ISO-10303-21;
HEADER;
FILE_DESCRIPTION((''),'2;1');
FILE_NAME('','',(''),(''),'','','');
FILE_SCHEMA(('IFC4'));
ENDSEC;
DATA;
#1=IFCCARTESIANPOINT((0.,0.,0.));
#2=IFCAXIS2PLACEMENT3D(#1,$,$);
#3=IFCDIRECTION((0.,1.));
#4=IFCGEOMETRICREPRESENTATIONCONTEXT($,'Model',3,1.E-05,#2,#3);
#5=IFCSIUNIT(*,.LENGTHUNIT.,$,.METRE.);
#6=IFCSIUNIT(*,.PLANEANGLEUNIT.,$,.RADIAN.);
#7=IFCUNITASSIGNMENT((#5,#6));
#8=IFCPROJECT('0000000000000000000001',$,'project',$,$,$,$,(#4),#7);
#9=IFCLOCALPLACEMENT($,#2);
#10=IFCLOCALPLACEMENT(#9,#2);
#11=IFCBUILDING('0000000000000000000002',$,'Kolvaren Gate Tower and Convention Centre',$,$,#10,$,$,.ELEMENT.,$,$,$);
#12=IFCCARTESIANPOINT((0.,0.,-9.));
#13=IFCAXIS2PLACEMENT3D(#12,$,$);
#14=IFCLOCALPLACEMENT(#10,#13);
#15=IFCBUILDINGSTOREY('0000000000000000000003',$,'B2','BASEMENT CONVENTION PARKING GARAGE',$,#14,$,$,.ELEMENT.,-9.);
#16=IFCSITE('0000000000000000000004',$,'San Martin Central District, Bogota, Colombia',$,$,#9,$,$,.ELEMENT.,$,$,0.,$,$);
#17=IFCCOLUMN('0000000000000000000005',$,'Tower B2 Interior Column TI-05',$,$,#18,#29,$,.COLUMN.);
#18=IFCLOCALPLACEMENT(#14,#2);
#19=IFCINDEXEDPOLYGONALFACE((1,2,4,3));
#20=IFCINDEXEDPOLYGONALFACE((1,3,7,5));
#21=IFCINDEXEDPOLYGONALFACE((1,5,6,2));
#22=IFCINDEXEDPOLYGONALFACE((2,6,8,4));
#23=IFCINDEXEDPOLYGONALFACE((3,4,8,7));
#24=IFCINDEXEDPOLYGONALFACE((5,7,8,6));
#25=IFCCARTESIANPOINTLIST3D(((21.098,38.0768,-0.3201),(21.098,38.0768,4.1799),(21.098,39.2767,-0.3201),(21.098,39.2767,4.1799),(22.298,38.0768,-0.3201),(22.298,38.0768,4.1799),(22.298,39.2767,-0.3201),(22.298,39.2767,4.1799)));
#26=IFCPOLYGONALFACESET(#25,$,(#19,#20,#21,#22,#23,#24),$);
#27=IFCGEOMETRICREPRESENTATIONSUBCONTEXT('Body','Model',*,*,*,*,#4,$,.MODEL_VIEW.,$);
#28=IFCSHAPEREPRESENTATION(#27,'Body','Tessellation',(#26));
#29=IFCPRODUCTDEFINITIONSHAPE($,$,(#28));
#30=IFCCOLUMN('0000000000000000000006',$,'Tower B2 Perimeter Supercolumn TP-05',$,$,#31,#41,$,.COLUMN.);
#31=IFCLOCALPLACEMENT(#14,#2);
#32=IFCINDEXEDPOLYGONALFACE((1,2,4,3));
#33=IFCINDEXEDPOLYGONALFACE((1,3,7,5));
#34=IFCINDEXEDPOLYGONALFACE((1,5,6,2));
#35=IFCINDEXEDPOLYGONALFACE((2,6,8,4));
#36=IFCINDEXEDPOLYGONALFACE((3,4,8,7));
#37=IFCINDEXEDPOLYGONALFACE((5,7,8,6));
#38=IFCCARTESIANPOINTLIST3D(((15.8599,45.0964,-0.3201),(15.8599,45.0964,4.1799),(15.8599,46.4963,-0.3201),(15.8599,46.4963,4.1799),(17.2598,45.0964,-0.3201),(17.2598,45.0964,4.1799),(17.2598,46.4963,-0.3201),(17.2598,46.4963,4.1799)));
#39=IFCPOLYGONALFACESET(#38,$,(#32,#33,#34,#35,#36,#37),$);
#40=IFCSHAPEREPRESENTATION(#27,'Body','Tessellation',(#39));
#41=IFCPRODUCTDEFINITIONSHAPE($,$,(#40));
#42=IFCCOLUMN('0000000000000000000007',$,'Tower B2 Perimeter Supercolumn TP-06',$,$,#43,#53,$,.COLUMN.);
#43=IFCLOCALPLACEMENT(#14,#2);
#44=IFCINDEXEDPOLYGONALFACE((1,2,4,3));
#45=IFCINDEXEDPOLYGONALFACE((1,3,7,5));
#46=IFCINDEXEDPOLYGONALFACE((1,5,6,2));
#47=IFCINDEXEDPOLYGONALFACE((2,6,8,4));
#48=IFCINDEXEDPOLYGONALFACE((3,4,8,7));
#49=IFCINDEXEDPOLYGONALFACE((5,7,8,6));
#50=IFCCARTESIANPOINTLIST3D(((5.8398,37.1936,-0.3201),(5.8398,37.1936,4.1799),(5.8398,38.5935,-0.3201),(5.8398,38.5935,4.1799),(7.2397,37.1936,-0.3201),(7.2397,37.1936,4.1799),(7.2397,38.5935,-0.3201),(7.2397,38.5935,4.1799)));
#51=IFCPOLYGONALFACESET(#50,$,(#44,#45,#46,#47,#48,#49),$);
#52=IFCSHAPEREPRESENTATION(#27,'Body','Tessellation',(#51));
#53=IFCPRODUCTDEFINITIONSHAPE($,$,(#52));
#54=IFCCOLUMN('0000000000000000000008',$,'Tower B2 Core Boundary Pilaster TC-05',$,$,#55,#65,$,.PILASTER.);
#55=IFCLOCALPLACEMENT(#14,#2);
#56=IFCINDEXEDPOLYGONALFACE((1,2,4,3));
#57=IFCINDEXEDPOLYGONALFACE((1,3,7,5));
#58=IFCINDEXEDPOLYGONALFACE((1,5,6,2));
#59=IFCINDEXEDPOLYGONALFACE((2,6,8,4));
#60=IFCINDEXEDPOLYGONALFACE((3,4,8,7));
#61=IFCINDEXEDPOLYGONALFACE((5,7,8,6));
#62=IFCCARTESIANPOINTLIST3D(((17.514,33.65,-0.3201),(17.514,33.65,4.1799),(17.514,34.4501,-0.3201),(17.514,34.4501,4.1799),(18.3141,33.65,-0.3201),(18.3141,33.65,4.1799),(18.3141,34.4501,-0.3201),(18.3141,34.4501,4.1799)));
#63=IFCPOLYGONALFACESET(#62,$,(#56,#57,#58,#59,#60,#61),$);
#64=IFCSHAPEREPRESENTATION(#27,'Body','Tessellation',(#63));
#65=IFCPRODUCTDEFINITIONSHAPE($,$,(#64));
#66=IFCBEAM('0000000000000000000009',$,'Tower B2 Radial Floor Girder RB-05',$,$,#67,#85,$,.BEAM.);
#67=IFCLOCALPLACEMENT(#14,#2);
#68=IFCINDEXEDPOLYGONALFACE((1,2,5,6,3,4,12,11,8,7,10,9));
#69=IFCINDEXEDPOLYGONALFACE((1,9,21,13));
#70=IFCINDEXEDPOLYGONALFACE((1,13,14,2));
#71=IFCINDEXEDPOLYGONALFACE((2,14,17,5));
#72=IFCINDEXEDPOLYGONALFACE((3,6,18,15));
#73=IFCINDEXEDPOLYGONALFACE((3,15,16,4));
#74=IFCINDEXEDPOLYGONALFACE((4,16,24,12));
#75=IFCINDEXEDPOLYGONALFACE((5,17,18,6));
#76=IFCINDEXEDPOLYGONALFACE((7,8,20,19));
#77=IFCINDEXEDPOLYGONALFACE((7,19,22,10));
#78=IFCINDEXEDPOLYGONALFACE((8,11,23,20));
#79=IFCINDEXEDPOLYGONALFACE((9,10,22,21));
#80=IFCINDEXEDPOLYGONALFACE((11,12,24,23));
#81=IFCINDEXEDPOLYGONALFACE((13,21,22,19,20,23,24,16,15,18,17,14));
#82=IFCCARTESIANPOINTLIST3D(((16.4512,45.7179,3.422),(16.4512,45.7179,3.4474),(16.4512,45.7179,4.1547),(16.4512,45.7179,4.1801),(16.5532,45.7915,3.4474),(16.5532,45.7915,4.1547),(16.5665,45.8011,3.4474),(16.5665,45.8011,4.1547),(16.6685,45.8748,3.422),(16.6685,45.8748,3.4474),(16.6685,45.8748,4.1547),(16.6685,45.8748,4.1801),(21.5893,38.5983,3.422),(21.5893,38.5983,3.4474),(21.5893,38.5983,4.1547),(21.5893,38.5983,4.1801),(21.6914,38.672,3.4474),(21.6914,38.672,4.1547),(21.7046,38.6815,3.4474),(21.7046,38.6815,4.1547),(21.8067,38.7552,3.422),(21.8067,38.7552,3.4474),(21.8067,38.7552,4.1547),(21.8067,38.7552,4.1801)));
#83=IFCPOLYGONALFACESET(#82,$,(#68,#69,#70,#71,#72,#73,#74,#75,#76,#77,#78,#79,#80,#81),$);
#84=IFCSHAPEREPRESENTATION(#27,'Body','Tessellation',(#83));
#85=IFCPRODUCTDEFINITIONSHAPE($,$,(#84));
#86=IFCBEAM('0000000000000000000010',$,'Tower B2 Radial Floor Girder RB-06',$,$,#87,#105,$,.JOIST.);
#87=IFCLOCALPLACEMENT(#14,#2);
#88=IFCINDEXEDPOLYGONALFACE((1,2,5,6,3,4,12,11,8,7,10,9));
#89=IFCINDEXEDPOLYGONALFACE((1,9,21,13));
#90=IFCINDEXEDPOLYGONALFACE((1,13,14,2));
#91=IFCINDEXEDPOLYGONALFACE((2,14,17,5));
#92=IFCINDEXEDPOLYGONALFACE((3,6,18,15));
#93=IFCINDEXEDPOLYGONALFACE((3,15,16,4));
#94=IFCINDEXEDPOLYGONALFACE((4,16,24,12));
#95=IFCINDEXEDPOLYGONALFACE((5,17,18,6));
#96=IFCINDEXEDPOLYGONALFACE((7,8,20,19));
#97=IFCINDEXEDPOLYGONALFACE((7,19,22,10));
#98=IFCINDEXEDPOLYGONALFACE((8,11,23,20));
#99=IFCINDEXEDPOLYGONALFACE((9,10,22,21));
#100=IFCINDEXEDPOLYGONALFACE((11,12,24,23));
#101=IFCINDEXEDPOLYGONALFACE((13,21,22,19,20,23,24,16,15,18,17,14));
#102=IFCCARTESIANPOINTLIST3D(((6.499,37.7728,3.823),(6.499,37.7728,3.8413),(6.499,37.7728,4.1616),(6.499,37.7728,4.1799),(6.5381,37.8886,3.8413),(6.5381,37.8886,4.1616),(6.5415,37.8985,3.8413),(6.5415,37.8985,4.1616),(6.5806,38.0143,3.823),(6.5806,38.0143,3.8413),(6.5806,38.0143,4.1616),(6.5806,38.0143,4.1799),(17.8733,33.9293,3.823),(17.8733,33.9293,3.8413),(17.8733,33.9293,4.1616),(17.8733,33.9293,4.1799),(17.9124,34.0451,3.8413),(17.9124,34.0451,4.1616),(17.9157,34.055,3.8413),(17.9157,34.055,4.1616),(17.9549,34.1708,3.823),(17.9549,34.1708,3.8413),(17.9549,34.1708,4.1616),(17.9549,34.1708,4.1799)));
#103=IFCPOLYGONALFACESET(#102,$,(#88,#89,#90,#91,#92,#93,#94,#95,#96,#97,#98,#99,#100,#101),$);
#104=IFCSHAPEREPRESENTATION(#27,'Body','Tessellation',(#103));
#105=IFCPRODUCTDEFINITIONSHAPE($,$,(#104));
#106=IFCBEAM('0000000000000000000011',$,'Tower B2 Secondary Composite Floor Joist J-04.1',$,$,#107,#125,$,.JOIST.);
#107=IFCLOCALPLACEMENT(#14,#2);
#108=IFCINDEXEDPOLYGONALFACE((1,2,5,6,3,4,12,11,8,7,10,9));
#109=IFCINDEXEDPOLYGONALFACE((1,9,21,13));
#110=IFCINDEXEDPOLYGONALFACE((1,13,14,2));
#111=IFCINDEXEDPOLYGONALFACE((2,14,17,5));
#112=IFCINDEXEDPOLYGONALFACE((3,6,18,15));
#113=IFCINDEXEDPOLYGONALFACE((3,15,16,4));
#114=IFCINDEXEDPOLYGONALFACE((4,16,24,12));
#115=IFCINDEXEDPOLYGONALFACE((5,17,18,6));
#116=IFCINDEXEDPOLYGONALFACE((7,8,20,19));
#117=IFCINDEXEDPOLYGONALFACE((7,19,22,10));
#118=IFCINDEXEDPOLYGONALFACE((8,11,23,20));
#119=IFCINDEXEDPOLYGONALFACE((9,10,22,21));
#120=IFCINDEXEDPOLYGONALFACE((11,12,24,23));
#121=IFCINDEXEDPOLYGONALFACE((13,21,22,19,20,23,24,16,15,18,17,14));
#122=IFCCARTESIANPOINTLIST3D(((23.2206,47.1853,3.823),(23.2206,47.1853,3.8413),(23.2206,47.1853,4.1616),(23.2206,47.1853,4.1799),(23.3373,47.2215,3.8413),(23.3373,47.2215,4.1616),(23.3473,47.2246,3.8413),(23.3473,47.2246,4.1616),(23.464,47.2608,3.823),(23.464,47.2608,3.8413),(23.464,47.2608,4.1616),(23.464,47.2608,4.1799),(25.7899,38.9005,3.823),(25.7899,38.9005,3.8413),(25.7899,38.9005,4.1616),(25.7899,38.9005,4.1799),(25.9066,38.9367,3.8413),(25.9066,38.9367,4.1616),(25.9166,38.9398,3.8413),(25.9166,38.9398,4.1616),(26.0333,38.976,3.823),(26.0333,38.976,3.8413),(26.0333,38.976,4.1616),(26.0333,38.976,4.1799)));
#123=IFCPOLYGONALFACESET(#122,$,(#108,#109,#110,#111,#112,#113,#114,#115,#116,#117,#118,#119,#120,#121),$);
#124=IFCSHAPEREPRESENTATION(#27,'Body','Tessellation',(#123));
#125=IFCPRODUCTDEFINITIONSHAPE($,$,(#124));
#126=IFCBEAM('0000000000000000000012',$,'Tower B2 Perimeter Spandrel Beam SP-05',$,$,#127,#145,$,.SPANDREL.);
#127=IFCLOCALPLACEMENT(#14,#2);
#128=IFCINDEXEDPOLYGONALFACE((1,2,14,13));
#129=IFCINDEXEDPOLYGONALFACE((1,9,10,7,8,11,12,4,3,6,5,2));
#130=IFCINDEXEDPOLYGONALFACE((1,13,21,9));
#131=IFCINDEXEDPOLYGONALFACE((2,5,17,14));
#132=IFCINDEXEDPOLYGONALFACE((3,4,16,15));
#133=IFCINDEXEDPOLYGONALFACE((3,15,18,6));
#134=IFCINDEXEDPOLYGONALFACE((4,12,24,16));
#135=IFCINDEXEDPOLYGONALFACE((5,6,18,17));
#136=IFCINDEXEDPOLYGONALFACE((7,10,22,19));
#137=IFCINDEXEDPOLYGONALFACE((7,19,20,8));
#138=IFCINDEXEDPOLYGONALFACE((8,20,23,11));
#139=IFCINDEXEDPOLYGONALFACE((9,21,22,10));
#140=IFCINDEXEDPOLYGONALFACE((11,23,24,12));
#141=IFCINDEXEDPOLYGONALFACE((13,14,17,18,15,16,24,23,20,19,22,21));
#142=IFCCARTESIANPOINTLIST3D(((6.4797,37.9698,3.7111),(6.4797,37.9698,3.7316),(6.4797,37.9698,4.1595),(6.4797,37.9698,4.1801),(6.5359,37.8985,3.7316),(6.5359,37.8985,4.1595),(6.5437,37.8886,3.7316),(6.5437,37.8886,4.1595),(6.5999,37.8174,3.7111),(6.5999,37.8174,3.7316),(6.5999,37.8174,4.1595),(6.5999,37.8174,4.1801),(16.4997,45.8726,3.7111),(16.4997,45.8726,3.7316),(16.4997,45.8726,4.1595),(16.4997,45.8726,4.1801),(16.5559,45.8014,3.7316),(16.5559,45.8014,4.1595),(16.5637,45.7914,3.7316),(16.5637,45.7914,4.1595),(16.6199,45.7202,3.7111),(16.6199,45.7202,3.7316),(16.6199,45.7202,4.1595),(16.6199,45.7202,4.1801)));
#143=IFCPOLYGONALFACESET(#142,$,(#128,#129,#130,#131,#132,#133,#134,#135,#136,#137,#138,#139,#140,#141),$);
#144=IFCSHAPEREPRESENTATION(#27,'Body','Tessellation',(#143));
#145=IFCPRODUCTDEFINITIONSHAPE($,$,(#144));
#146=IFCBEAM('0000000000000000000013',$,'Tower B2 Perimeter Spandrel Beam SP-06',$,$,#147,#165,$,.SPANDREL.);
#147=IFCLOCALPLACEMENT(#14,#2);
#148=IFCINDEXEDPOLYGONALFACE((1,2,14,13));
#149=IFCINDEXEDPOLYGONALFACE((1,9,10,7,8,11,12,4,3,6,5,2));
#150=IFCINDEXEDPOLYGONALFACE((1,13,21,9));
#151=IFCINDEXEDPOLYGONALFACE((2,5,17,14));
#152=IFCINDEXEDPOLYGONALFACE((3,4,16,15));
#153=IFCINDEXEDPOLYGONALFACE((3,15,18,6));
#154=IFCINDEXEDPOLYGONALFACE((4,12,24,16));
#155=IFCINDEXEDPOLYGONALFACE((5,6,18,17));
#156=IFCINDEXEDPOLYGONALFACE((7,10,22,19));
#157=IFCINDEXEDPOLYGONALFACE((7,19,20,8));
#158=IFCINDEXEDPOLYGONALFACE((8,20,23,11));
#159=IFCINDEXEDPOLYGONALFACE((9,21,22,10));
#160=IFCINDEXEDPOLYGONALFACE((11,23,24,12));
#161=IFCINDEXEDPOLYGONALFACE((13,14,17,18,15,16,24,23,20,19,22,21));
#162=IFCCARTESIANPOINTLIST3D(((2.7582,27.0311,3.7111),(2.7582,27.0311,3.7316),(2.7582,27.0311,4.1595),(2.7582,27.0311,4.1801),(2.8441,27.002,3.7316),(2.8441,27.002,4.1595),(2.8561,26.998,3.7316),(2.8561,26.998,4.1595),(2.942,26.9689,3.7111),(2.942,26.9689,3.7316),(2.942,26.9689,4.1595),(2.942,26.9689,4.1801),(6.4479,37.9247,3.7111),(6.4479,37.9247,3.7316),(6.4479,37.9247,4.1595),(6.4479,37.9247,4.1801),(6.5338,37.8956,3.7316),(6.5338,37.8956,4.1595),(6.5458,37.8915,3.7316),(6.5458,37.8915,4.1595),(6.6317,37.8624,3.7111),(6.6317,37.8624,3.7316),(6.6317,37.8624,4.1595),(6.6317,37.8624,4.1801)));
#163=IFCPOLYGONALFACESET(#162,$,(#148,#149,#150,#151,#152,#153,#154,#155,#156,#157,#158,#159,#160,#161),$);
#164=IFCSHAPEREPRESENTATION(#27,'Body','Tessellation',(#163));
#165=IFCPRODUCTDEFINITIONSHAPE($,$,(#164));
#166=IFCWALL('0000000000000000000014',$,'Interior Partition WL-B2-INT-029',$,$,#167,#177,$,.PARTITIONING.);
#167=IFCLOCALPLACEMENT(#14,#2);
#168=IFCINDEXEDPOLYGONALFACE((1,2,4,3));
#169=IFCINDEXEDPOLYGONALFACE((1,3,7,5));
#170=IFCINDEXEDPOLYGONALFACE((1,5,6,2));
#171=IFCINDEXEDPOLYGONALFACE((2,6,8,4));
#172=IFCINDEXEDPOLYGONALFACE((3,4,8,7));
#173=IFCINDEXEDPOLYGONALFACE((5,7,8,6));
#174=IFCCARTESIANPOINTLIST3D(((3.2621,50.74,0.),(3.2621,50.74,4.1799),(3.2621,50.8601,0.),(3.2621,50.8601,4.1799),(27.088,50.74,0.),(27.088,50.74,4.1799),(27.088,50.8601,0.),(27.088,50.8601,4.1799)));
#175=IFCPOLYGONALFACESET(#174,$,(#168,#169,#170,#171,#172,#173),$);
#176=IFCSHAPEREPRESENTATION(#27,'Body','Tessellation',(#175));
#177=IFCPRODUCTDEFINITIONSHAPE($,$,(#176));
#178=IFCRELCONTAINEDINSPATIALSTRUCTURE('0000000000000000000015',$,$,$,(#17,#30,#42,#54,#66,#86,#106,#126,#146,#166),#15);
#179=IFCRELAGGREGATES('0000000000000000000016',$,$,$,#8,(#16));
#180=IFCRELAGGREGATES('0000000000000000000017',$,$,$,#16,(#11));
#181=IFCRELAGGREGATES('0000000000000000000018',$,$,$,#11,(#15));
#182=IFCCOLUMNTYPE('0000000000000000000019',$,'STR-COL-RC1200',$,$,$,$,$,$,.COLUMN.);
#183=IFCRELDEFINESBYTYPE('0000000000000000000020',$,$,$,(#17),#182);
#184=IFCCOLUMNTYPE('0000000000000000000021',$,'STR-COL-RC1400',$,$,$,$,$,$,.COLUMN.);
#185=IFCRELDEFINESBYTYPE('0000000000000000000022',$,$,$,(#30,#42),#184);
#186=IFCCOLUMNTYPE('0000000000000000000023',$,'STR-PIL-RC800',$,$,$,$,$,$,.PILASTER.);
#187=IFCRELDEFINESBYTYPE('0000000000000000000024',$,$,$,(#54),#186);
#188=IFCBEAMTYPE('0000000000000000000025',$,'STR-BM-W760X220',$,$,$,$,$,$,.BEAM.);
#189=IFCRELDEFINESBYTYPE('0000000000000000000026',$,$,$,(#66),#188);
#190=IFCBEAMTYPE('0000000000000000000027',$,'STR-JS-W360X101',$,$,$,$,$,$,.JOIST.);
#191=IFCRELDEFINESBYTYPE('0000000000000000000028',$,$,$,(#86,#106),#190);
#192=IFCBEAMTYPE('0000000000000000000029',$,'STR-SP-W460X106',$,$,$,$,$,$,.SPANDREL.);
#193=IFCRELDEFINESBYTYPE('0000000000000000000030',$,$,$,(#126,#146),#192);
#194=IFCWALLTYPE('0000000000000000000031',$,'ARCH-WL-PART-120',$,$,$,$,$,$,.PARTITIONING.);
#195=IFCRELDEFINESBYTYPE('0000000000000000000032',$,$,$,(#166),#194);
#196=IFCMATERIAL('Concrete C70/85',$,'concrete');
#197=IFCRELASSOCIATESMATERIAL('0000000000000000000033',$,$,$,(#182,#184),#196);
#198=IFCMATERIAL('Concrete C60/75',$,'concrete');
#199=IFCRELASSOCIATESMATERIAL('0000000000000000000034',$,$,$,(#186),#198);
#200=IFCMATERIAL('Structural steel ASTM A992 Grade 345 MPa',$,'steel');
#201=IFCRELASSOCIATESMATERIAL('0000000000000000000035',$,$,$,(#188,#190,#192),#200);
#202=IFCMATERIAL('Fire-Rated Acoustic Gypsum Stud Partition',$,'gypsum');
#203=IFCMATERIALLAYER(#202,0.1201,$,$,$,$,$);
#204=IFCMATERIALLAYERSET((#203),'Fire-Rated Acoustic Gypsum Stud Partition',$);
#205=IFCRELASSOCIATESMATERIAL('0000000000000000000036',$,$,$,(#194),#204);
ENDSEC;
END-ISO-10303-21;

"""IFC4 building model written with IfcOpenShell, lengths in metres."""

from ifc_helpers import new_model, si_unit, direction, frame, frame_2d, origin, origin_2d, place, context, subcontext, project, spatial, rectangle, i_section, extrude, material, layer, layer_set, material_profile, profile_set, type_object, element, save


model = new_model("IFC4")

# Units and contexts
model_context = context("Model", 3, precision=1e-05, world=origin(), true_north=direction((0.0, 1.0)))
body_context = subcontext(model_context, "Body", "Model", "MODEL_VIEW")
ifc_project = project(units=[si_unit("LENGTHUNIT", "METRE"), si_unit("PLANEANGLEUNIT", "RADIAN")], contexts=[model_context])

# Site, building, storey
site_placement = place(None, origin())
site = spatial("IfcSite", under=ifc_project, at=site_placement, Name="San Martin Central District, Bogota, Colombia", CompositionType="ELEMENT", RefElevation=0.0)
building_placement = place(site_placement, origin())
building = spatial("IfcBuilding", under=site, at=building_placement, Name="Kolvaren Gate Tower and Convention Centre", CompositionType="ELEMENT")
storey_placement = place(building_placement, frame((0.0, 0.0, -9.0)))
storey = spatial("IfcBuildingStorey", under=building, at=storey_placement, Name="B2", Description="BASEMENT CONVENTION PARKING GARAGE", CompositionType="ELEMENT", Elevation=-9.0)

# Columns
ifc_material_1 = material(Name="Concrete C70/85", Category="concrete")
ifc_material_profile_1 = material_profile(ifc_material_1, rectangle(XDim=1.2, YDim=1.2, at=origin_2d()), Name="RC-COL-1200X1200")
ifc_profile_set_1 = profile_set([ifc_material_profile_1], Name="Concrete C70/85")
column_type_1 = type_object("IfcColumnType", Name="STR-COL-RC1200", PredefinedType="COLUMN", material=ifc_profile_set_1)
column_1_placement = place(storey_placement, frame((21.698, 38.6768, -0.3201), z_axis=(0.0, 0.0, 1.0), x_axis=(1.0, 0.0, 0.0)))
element("IfcColumn", 1, at=column_1_placement, inside=storey, type_object=column_type_1, Name="Tower B2 Interior Column TI-05", PredefinedType="COLUMN", context=body_context, shape_type="SweptSolid", body=[
    extrude(rectangle(XDim=1.2, YDim=1.2, at=origin_2d()), origin(), (0.0, 0.0, 1.0), 4.5),
])
ifc_material_profile_2 = material_profile(ifc_material_1, rectangle(XDim=1.3999, YDim=1.3999, at=origin_2d()), Name="RC-COL-1400X1400")
ifc_profile_set_2 = profile_set([ifc_material_profile_2], Name="Concrete C70/85")
column_type_2 = type_object("IfcColumnType", Name="STR-COL-RC1400", PredefinedType="COLUMN", material=ifc_profile_set_2)
for number, where, z_axis, x_axis, name in (
    (2, (16.5598, 45.7964, -0.3201), (0.0, 0.0, 1.0), (1.0, 0.0, 0.0), "Tower B2 Perimeter Supercolumn TP-05"),
    (3, (6.5398, 37.8936, -0.3201), (0.0, 0.0, 1.0), (1.0, 0.0, 0.0), "Tower B2 Perimeter Supercolumn TP-06"),
):
    element("IfcColumn", number, at=place(storey_placement, frame(where, z_axis=z_axis, x_axis=x_axis)), inside=storey, type_object=column_type_2, Name=name, PredefinedType="COLUMN", context=body_context, shape_type="SweptSolid", body=[
        extrude(rectangle(XDim=1.3999, YDim=1.3999, at=origin_2d()), origin(), (0.0, 0.0, 1.0), 4.5),
    ])
ifc_material_2 = material(Name="Concrete C60/75", Category="concrete")
ifc_material_profile_3 = material_profile(ifc_material_2, rectangle(XDim=0.8, YDim=0.8, at=origin_2d()), Name="RC-COL-800X800")
ifc_profile_set_3 = profile_set([ifc_material_profile_3], Name="Concrete C60/75")
column_type_3 = type_object("IfcColumnType", Name="STR-PIL-RC800", PredefinedType="PILASTER", material=ifc_profile_set_3)
column_2_placement = place(storey_placement, frame((17.9141, 34.05, -0.3201), z_axis=(0.0, 0.0, 1.0), x_axis=(1.0, 0.0, 0.0)))
element("IfcColumn", 4, at=column_2_placement, inside=storey, type_object=column_type_3, Name="Tower B2 Core Boundary Pilaster TC-05", PredefinedType="PILASTER", context=body_context, shape_type="SweptSolid", body=[
    extrude(rectangle(XDim=0.8, YDim=0.8, at=origin_2d()), origin(), (0.0, 0.0, 1.0), 4.5),
])

# Beams
ifc_material_3 = material(Name="Structural steel ASTM A992 Grade 345 MPa", Category="steel")
ifc_material_profile_4 = material_profile(ifc_material_3, i_section(OverallWidth=0.2681, OverallDepth=0.7581, WebThickness=0.0164, FlangeThickness=0.0254, at=origin_2d()), Name="W760X220")
ifc_profile_set_4 = profile_set([ifc_material_profile_4], Name="Structural steel ASTM A992 Grade 345 MPa")
beam_type_1 = type_object("IfcBeamType", Name="STR-BM-W760X220", PredefinedType="BEAM", material=ifc_profile_set_4)
beam_1_placement = place(storey_placement, frame((21.698, 38.6768, 3.801), z_axis=(-0.585208, 0.810883, 0.0), x_axis=(-0.810883, -0.585208, 0.0)))
element("IfcBeam", 5, at=beam_1_placement, inside=storey, type_object=beam_type_1, Name="Tower B2 Radial Floor Girder RB-05", PredefinedType="BEAM", context=body_context, shape_type="SweptSolid", body=[
    extrude(i_section(OverallWidth=0.2681, OverallDepth=0.7581, WebThickness=0.0164, FlangeThickness=0.0254, at=origin_2d()), origin(), (0.0, 0.0, 1.0), 8.78),
])
ifc_material_profile_5 = material_profile(ifc_material_3, i_section(OverallWidth=0.2549, OverallDepth=0.3569, WebThickness=0.0105, FlangeThickness=0.0183, at=origin_2d()), Name="W360X101")
ifc_profile_set_5 = profile_set([ifc_material_profile_5], Name="Structural steel ASTM A992 Grade 345 MPa")
beam_type_2 = type_object("IfcBeamType", Name="STR-JS-W360X101", PredefinedType="JOIST", material=ifc_profile_set_5)
beam_2_placement = place(storey_placement, frame((17.9141, 34.05, 4.0015), z_axis=(-0.947374, 0.320129, 0.0), x_axis=(-0.320129, -0.947374, 0.0)))
element("IfcBeam", 6, at=beam_2_placement, inside=storey, type_object=beam_type_2, Name="Tower B2 Radial Floor Girder RB-06", PredefinedType="JOIST", context=body_context, shape_type="SweptSolid", body=[
    extrude(i_section(OverallWidth=0.2549, OverallDepth=0.3569, WebThickness=0.0105, FlangeThickness=0.0183, at=origin_2d()), origin(), (0.0, 0.0, 1.0), 12.0061),
])
beam_3_placement = place(storey_placement, frame((25.9116, 38.9382, 4.0015), z_axis=(-0.296205, 0.955124, 0.0), x_axis=(-0.955124, -0.296205, 0.0)))
element("IfcBeam", 7, at=beam_3_placement, inside=storey, type_object=beam_type_2, Name="Tower B2 Secondary Composite Floor Joist J-04.1", PredefinedType="JOIST", context=body_context, shape_type="SweptSolid", body=[
    extrude(i_section(OverallWidth=0.2549, OverallDepth=0.3569, WebThickness=0.0105, FlangeThickness=0.0183, at=origin_2d()), origin(), (0.0, 0.0, 1.0), 8.6741),
])
ifc_material_profile_6 = material_profile(ifc_material_3, i_section(OverallWidth=0.1941, OverallDepth=0.469, WebThickness=0.0127, FlangeThickness=0.0205, at=origin_2d()), Name="W460X106")
ifc_profile_set_6 = profile_set([ifc_material_profile_6], Name="Structural steel ASTM A992 Grade 345 MPa")
beam_type_3 = type_object("IfcBeamType", Name="STR-SP-W460X106", PredefinedType="SPANDREL", material=ifc_profile_set_6)
beam_4_placement = place(storey_placement, frame((16.5598, 45.7964, 3.9456), z_axis=(-0.785176, -0.619272, 0.0), x_axis=(0.619272, -0.785176, 0.0)))
element("IfcBeam", 8, at=beam_4_placement, inside=storey, type_object=beam_type_3, Name="Tower B2 Perimeter Spandrel Beam SP-05", PredefinedType="SPANDREL", context=body_context, shape_type="SweptSolid", body=[
    extrude(i_section(OverallWidth=0.1941, OverallDepth=0.469, WebThickness=0.0127, FlangeThickness=0.0205, at=origin_2d()), origin(), (0.0, 0.0, 1.0), 12.7615),
])
beam_5_placement = place(storey_placement, frame((6.5398, 37.8936, 3.9456), z_axis=(-0.320803, -0.947146, 0.0), x_axis=(0.947146, -0.320803, 0.0)))
element("IfcBeam", 9, at=beam_5_placement, inside=storey, type_object=beam_type_3, Name="Tower B2 Perimeter Spandrel Beam SP-06", PredefinedType="SPANDREL", context=body_context, shape_type="SweptSolid", body=[
    extrude(i_section(OverallWidth=0.1941, OverallDepth=0.469, WebThickness=0.0127, FlangeThickness=0.0205, at=origin_2d()), origin(), (0.0, 0.0, 1.0), 11.5015),
])

# Wall
ifc_material_4 = material(Name="Fire-Rated Acoustic Gypsum Stud Partition", Category="gypsum")
ifc_layer_1 = layer(ifc_material_4, 0.1201)
ifc_layer_set_1 = layer_set([ifc_layer_1], Name="Fire-Rated Acoustic Gypsum Stud Partition")
wall_type_1 = type_object("IfcWallType", Name="ARCH-WL-PART-120", PredefinedType="PARTITIONING", material=ifc_layer_set_1)
wall_1_placement = place(storey_placement, frame((3.262, 50.8, 0.0), z_axis=(0.0, 0.0, 1.0), x_axis=(1.0, 0.0, 0.0)))
element("IfcWall", 10, at=wall_1_placement, inside=storey, type_object=wall_type_1, Name="Interior Partition WL-B2-INT-029", PredefinedType="PARTITIONING", context=body_context, shape_type="SweptSolid", body=[
    extrude(rectangle(XDim=23.8259, YDim=0.1201, at=frame_2d((11.9131, 0.0))), origin(), (0.0, 0.0, 1.0), 4.1799),
])

save(model, "model.ifc")
